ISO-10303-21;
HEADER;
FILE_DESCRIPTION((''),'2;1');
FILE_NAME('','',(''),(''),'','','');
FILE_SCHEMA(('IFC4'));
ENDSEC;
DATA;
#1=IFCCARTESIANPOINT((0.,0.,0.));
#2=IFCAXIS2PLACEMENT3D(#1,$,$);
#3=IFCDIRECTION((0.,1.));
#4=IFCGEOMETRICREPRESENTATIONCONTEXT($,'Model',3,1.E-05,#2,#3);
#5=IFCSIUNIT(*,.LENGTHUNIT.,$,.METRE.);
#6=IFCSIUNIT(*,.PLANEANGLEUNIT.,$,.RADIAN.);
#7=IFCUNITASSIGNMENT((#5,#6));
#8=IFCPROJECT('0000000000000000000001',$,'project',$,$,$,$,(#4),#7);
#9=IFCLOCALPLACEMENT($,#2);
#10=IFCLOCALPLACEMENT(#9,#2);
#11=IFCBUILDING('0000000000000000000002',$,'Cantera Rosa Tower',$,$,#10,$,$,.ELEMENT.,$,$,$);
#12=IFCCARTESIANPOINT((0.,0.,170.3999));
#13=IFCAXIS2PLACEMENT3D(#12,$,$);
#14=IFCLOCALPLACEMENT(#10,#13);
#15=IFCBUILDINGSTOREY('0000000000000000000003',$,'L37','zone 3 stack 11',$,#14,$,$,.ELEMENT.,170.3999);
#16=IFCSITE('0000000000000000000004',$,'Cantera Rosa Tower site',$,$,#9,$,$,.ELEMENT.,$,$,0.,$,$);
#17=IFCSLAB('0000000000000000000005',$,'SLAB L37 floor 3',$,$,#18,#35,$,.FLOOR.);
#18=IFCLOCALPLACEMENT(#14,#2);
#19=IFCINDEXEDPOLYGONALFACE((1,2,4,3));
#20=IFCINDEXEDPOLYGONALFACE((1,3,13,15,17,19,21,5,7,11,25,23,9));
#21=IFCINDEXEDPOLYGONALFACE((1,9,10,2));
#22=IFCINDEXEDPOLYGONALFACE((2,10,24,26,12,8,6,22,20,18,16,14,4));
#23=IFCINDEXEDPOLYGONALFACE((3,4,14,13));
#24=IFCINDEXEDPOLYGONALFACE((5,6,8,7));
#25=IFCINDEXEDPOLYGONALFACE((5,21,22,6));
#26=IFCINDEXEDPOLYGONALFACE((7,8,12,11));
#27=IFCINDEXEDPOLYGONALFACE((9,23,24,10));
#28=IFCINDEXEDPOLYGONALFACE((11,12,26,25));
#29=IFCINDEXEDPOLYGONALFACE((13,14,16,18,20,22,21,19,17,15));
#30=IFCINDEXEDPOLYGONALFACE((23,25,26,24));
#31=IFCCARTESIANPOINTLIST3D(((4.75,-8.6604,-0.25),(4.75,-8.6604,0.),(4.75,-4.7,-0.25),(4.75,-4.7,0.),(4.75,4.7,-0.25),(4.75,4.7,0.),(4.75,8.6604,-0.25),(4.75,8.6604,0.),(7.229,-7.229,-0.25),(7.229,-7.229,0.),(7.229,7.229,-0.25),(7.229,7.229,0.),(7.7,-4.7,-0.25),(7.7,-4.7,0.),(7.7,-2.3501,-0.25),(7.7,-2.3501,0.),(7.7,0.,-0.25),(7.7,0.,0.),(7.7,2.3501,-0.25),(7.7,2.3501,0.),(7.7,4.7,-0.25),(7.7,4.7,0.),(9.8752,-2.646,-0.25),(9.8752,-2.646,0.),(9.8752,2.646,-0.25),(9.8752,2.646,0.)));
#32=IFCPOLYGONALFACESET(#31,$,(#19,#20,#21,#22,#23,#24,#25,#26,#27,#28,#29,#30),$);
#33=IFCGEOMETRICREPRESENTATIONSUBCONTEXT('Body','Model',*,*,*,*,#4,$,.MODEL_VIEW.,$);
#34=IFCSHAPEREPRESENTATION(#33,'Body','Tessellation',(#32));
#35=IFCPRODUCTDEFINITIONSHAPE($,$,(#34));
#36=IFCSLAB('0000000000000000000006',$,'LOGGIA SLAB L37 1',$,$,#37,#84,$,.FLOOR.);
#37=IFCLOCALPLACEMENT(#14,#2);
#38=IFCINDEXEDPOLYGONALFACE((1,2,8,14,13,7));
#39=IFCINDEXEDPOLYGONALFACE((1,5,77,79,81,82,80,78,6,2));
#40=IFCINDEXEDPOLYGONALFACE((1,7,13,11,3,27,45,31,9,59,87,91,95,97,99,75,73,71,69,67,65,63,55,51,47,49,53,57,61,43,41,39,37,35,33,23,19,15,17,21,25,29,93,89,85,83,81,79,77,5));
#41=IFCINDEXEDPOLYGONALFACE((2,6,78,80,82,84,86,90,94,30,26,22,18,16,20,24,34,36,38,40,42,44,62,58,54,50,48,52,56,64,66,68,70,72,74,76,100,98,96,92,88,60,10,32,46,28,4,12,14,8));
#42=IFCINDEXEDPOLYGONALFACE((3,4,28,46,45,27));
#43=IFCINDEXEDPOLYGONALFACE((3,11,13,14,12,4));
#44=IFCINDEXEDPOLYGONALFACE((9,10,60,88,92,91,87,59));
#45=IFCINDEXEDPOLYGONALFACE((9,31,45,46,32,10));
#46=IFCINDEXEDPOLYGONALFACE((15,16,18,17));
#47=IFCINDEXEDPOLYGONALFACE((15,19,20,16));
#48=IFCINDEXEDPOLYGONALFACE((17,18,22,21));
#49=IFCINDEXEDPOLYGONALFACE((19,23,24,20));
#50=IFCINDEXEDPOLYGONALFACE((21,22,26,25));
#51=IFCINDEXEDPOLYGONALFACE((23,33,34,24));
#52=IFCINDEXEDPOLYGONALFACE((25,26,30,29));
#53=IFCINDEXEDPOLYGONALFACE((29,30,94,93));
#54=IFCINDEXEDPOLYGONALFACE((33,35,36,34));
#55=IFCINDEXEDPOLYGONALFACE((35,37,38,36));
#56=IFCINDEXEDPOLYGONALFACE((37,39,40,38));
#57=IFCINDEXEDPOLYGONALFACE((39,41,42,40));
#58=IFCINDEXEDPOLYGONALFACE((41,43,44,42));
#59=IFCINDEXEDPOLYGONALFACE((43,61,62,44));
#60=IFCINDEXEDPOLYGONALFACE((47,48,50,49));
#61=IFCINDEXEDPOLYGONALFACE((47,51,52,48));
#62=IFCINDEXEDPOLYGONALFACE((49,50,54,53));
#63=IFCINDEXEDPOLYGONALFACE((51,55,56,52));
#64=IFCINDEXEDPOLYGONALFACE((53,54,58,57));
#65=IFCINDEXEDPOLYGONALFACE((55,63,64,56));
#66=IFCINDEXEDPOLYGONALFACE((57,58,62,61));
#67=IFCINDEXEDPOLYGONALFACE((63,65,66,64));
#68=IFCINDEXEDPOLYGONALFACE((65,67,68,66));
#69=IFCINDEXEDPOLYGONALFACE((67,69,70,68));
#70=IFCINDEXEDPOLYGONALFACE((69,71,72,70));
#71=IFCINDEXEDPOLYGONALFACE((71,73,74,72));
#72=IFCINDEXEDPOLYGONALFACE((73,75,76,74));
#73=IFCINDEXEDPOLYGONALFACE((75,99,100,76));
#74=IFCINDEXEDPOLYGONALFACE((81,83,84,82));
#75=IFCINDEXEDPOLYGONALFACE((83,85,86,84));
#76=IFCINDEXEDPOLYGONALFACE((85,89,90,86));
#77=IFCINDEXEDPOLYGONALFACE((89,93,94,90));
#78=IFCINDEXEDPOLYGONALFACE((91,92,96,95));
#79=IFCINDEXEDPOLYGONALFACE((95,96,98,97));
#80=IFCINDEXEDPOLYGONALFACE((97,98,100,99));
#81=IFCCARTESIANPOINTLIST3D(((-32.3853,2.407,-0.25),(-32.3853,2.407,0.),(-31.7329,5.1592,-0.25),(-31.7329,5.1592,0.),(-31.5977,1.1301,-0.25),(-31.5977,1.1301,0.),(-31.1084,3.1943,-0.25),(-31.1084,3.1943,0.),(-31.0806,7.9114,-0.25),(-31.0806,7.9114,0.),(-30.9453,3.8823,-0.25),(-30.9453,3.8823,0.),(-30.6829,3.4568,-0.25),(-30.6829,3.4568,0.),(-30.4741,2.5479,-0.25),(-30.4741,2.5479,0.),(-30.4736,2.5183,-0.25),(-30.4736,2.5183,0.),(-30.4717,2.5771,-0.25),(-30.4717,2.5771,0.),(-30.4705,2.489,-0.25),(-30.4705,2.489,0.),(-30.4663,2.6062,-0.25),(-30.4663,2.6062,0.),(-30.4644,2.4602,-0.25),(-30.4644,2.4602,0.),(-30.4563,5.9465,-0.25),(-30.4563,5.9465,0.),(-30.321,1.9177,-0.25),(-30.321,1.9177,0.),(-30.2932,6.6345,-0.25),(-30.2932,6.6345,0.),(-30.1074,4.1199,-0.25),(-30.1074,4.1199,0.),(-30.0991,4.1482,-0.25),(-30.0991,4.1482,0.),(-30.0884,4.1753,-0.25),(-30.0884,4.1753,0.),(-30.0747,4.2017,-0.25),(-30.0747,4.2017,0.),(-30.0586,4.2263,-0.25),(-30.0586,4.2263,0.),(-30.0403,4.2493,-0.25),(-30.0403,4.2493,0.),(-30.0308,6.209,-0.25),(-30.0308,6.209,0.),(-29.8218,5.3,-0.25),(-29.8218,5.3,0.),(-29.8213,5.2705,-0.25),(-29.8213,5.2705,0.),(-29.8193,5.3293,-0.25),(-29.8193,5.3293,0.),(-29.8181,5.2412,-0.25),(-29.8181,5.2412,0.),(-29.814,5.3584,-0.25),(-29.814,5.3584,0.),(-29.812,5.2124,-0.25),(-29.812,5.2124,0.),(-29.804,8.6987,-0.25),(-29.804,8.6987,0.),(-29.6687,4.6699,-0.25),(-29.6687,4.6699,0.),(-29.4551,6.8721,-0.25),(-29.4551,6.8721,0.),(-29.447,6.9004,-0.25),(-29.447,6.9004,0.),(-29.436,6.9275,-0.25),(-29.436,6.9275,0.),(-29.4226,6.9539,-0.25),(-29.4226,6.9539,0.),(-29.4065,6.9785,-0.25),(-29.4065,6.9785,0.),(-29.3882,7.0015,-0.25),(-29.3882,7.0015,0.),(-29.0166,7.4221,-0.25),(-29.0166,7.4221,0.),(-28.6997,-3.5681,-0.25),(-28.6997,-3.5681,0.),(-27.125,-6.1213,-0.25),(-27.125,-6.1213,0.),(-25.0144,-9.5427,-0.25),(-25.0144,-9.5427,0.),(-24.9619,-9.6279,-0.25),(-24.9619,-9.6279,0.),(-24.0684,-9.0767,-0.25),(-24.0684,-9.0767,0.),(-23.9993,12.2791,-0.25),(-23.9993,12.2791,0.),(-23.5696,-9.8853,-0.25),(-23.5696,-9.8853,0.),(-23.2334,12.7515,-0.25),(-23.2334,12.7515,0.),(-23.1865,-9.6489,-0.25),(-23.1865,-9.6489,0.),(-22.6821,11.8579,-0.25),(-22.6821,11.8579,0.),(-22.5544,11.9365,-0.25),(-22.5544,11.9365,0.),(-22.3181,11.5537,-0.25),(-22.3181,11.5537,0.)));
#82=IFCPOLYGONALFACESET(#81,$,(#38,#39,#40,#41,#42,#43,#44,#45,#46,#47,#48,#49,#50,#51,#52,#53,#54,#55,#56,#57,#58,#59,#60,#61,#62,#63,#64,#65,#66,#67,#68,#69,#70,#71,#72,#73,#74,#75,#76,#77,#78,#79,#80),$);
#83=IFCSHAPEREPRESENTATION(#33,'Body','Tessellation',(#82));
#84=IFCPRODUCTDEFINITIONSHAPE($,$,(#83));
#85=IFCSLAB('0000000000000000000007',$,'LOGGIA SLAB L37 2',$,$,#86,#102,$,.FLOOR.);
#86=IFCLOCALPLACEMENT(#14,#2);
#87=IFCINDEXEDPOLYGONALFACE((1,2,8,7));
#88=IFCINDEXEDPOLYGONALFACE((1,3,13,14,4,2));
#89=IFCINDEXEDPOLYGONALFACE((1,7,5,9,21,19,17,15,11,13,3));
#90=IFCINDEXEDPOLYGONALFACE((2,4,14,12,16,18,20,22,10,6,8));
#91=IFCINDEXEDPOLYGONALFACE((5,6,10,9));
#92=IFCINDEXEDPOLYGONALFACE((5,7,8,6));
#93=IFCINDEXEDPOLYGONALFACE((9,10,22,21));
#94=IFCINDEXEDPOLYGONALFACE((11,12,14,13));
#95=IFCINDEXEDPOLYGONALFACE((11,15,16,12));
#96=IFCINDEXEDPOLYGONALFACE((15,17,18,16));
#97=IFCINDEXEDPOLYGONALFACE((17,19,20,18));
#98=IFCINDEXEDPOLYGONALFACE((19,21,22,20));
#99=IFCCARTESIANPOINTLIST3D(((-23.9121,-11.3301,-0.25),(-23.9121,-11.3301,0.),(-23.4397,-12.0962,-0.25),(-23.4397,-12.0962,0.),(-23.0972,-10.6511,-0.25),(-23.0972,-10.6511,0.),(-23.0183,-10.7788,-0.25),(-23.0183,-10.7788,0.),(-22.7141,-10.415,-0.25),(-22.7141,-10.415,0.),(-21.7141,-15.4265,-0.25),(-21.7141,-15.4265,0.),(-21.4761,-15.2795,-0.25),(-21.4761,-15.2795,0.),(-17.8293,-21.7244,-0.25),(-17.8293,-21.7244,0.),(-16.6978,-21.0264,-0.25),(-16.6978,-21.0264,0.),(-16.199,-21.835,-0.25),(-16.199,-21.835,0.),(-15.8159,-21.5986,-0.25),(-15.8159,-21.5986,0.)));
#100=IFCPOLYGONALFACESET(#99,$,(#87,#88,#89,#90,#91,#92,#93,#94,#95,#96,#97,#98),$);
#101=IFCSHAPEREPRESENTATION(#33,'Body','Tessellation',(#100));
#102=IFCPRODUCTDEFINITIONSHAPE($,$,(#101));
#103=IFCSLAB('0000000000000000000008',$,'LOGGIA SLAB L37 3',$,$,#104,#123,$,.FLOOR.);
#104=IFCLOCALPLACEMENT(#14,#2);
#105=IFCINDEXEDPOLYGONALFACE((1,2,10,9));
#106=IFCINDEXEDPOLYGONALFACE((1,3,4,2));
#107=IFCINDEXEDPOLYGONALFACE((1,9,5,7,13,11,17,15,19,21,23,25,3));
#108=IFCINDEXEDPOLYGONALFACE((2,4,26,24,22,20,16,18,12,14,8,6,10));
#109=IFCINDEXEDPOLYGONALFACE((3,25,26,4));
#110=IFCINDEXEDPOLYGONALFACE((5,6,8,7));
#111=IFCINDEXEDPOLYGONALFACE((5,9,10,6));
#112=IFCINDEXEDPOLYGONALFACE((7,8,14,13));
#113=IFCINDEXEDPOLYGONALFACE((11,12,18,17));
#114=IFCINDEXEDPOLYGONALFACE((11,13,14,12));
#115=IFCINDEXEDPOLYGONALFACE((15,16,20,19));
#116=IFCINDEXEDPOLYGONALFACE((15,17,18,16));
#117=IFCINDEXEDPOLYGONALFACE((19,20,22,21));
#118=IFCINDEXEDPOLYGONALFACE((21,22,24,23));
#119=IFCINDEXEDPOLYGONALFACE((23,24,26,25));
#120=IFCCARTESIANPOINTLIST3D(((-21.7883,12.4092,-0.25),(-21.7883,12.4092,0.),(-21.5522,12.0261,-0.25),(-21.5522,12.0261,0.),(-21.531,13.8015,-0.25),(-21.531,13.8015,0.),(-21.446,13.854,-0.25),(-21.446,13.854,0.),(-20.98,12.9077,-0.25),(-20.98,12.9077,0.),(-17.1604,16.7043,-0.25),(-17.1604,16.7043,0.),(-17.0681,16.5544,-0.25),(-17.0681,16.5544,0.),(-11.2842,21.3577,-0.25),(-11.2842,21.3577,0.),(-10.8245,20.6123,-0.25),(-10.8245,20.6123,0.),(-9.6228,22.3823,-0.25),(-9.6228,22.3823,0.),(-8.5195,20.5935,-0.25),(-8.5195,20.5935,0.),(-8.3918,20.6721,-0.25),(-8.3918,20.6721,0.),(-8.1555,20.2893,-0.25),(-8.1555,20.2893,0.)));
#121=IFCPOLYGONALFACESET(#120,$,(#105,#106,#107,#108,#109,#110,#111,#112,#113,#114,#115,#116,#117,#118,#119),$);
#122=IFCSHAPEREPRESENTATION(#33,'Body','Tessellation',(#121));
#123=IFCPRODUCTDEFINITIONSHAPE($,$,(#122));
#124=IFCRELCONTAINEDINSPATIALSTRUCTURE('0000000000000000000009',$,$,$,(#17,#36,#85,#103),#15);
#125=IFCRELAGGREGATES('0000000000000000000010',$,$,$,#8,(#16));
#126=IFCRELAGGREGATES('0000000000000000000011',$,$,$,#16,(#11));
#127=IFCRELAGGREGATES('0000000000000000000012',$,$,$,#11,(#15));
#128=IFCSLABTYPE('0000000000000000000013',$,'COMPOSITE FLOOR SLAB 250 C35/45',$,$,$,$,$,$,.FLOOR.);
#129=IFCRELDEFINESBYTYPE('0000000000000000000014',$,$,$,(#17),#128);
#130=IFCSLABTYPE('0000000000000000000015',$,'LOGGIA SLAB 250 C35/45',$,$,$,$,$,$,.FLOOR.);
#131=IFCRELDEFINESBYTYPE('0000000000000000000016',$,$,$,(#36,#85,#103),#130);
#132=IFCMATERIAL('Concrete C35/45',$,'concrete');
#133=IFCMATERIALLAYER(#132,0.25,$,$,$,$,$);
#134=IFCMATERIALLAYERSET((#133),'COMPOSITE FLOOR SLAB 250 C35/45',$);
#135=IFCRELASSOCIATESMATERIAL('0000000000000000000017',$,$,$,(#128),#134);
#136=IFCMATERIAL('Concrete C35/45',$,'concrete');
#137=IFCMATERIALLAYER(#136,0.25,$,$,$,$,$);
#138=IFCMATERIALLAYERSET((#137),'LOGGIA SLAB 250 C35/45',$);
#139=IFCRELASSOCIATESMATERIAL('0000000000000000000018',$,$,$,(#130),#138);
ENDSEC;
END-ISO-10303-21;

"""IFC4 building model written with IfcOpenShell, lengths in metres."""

from ifc_helpers import new_model, si_unit, direction, frame, origin, place, context, subcontext, project, spatial, polyline, outline, extrude, material, layer, layer_set, type_object, element, save


model = new_model("IFC4")

# Units and contexts
model_context = context("Model", 3, precision=1e-05, world=origin(), true_north=direction((0.0, 1.0)))
body_context = subcontext(model_context, "Body", "Model", "MODEL_VIEW")
ifc_project = project(units=[si_unit("LENGTHUNIT", "METRE"), si_unit("PLANEANGLEUNIT", "RADIAN")], contexts=[model_context])

# Site, building, storey
site_placement = place(None, origin())
site = spatial("IfcSite", under=ifc_project, at=site_placement, Name="Cantera Rosa Tower site", CompositionType="ELEMENT", RefElevation=0.0)
building_placement = place(site_placement, origin())
building = spatial("IfcBuilding", under=site, at=building_placement, Name="Cantera Rosa Tower", CompositionType="ELEMENT")
storey_placement = place(building_placement, frame((0.0, 0.0, 170.3999)))
storey = spatial("IfcBuildingStorey", under=building, at=storey_placement, Name="L37", Description="zone 3 stack 11", CompositionType="ELEMENT", Elevation=170.3999)

# Slabs
ifc_material_1 = material(Name="Concrete C35/45", Category="concrete")
ifc_layer_1 = layer(ifc_material_1, 0.25)
ifc_layer_set_1 = layer_set([ifc_layer_1], Name="COMPOSITE FLOOR SLAB 250 C35/45")
slab_type_1 = type_object("IfcSlabType", Name="COMPOSITE FLOOR SLAB 250 C35/45", PredefinedType="FLOOR", material=ifc_layer_set_1)
slab_1_placement = place(storey_placement, frame((0.0, 0.0, -0.25)))
element("IfcSlab", 1, at=slab_1_placement, inside=storey, type_object=slab_type_1, Name="SLAB L37 floor 3", PredefinedType="FLOOR", context=body_context, shape_type="SweptSolid", body=[
    extrude(outline(polyline([(7.7, 2.3501), (7.7, 4.7), (4.75, 4.7), (4.75, 8.6604), (7.229, 7.229), (9.8752, 2.646), (9.8752, -2.646), (7.229, -7.229), (4.75, -8.6604), (4.75, -4.7), (7.7, -4.7), (7.7, -2.3501), (7.7, 0.0), (7.7, 2.3501)])), origin(), (0.0, 0.0, 1.0), 0.25),
])
ifc_material_2 = material(Name="Concrete C35/45", Category="concrete")
ifc_layer_2 = layer(ifc_material_2, 0.25)
ifc_layer_set_2 = layer_set([ifc_layer_2], Name="LOGGIA SLAB 250 C35/45")
slab_type_2 = type_object("IfcSlabType", Name="LOGGIA SLAB 250 C35/45", PredefinedType="FLOOR", material=ifc_layer_set_2)
slab_2_placement = place(storey_placement, frame((0.0, 0.0, -0.25)))
element("IfcSlab", 2, at=slab_2_placement, inside=storey, type_object=slab_type_2, Name="LOGGIA SLAB L37 1", PredefinedType="FLOOR", context=body_context, shape_type="SweptSolid", body=[
    extrude(outline(polyline([(-31.1084, 3.1943), (-30.6829, 3.4568), (-30.9453, 3.8823), (-31.7329, 5.1592), (-30.4563, 5.9465), (-30.0308, 6.209), (-30.2932, 6.6345), (-31.0806, 7.9114), (-29.804, 8.6987), (-23.9993, 12.2791), (-23.2334, 12.7515), (-22.6821, 11.8579), (-22.5544, 11.9365), (-22.3181, 11.5537), (-29.0166, 7.4221), (-29.3882, 7.0015), (-29.4065, 6.9785), (-29.4226, 6.9539), (-29.436, 6.9275), (-29.447, 6.9004), (-29.4551, 6.8721), (-29.814, 5.3584), (-29.8193, 5.3293), (-29.8218, 5.3), (-29.8213, 5.2705), (-29.8181, 5.2412), (-29.812, 5.2124), (-29.6687, 4.6699), (-30.0403, 4.2493), (-30.0586, 4.2263), (-30.0747, 4.2017), (-30.0884, 4.1753), (-30.0991, 4.1482), (-30.1074, 4.1199), (-30.4663, 2.6062), (-30.4717, 2.5771), (-30.4741, 2.5479), (-30.4736, 2.5183), (-30.4705, 2.489), (-30.4644, 2.4602), (-30.321, 1.9177), (-23.1865, -9.6489), (-23.5696, -9.8853), (-24.0684, -9.0767), (-24.9619, -9.6279), (-25.0144, -9.5427), (-27.125, -6.1213), (-28.6997, -3.5681), (-31.5977, 1.1301), (-32.3853, 2.407), (-31.1084, 3.1943)])), origin(), (0.0, 0.0, 1.0), 0.25),
])
slab_3_placement = place(storey_placement, frame((0.0, 0.0, -0.25)))
element("IfcSlab", 3, at=slab_3_placement, inside=storey, type_object=slab_type_2, Name="LOGGIA SLAB L37 2", PredefinedType="FLOOR", context=body_context, shape_type="SweptSolid", body=[
    extrude(outline(polyline([(-23.0972, -10.6511), (-22.7141, -10.415), (-15.8159, -21.5986), (-16.199, -21.835), (-16.6978, -21.0264), (-17.8293, -21.7244), (-21.7141, -15.4265), (-21.4761, -15.2795), (-23.4397, -12.0962), (-23.9121, -11.3301), (-23.0183, -10.7788), (-23.0972, -10.6511)])), origin(), (0.0, 0.0, 1.0), 0.25),
])
slab_4_placement = place(storey_placement, frame((0.0, 0.0, -0.25)))
element("IfcSlab", 4, at=slab_4_placement, inside=storey, type_object=slab_type_2, Name="LOGGIA SLAB L37 3", PredefinedType="FLOOR", context=body_context, shape_type="SweptSolid", body=[
    extrude(outline(polyline([(-9.6228, 22.3823), (-8.5195, 20.5935), (-8.3918, 20.6721), (-8.1555, 20.2893), (-21.5522, 12.0261), (-21.7883, 12.4092), (-20.98, 12.9077), (-21.531, 13.8015), (-21.446, 13.854), (-17.0681, 16.5544), (-17.1604, 16.7043), (-10.8245, 20.6123), (-11.2842, 21.3577), (-9.6228, 22.3823)])), origin(), (0.0, 0.0, 1.0), 0.25),
])

save(model, "model.ifc")
